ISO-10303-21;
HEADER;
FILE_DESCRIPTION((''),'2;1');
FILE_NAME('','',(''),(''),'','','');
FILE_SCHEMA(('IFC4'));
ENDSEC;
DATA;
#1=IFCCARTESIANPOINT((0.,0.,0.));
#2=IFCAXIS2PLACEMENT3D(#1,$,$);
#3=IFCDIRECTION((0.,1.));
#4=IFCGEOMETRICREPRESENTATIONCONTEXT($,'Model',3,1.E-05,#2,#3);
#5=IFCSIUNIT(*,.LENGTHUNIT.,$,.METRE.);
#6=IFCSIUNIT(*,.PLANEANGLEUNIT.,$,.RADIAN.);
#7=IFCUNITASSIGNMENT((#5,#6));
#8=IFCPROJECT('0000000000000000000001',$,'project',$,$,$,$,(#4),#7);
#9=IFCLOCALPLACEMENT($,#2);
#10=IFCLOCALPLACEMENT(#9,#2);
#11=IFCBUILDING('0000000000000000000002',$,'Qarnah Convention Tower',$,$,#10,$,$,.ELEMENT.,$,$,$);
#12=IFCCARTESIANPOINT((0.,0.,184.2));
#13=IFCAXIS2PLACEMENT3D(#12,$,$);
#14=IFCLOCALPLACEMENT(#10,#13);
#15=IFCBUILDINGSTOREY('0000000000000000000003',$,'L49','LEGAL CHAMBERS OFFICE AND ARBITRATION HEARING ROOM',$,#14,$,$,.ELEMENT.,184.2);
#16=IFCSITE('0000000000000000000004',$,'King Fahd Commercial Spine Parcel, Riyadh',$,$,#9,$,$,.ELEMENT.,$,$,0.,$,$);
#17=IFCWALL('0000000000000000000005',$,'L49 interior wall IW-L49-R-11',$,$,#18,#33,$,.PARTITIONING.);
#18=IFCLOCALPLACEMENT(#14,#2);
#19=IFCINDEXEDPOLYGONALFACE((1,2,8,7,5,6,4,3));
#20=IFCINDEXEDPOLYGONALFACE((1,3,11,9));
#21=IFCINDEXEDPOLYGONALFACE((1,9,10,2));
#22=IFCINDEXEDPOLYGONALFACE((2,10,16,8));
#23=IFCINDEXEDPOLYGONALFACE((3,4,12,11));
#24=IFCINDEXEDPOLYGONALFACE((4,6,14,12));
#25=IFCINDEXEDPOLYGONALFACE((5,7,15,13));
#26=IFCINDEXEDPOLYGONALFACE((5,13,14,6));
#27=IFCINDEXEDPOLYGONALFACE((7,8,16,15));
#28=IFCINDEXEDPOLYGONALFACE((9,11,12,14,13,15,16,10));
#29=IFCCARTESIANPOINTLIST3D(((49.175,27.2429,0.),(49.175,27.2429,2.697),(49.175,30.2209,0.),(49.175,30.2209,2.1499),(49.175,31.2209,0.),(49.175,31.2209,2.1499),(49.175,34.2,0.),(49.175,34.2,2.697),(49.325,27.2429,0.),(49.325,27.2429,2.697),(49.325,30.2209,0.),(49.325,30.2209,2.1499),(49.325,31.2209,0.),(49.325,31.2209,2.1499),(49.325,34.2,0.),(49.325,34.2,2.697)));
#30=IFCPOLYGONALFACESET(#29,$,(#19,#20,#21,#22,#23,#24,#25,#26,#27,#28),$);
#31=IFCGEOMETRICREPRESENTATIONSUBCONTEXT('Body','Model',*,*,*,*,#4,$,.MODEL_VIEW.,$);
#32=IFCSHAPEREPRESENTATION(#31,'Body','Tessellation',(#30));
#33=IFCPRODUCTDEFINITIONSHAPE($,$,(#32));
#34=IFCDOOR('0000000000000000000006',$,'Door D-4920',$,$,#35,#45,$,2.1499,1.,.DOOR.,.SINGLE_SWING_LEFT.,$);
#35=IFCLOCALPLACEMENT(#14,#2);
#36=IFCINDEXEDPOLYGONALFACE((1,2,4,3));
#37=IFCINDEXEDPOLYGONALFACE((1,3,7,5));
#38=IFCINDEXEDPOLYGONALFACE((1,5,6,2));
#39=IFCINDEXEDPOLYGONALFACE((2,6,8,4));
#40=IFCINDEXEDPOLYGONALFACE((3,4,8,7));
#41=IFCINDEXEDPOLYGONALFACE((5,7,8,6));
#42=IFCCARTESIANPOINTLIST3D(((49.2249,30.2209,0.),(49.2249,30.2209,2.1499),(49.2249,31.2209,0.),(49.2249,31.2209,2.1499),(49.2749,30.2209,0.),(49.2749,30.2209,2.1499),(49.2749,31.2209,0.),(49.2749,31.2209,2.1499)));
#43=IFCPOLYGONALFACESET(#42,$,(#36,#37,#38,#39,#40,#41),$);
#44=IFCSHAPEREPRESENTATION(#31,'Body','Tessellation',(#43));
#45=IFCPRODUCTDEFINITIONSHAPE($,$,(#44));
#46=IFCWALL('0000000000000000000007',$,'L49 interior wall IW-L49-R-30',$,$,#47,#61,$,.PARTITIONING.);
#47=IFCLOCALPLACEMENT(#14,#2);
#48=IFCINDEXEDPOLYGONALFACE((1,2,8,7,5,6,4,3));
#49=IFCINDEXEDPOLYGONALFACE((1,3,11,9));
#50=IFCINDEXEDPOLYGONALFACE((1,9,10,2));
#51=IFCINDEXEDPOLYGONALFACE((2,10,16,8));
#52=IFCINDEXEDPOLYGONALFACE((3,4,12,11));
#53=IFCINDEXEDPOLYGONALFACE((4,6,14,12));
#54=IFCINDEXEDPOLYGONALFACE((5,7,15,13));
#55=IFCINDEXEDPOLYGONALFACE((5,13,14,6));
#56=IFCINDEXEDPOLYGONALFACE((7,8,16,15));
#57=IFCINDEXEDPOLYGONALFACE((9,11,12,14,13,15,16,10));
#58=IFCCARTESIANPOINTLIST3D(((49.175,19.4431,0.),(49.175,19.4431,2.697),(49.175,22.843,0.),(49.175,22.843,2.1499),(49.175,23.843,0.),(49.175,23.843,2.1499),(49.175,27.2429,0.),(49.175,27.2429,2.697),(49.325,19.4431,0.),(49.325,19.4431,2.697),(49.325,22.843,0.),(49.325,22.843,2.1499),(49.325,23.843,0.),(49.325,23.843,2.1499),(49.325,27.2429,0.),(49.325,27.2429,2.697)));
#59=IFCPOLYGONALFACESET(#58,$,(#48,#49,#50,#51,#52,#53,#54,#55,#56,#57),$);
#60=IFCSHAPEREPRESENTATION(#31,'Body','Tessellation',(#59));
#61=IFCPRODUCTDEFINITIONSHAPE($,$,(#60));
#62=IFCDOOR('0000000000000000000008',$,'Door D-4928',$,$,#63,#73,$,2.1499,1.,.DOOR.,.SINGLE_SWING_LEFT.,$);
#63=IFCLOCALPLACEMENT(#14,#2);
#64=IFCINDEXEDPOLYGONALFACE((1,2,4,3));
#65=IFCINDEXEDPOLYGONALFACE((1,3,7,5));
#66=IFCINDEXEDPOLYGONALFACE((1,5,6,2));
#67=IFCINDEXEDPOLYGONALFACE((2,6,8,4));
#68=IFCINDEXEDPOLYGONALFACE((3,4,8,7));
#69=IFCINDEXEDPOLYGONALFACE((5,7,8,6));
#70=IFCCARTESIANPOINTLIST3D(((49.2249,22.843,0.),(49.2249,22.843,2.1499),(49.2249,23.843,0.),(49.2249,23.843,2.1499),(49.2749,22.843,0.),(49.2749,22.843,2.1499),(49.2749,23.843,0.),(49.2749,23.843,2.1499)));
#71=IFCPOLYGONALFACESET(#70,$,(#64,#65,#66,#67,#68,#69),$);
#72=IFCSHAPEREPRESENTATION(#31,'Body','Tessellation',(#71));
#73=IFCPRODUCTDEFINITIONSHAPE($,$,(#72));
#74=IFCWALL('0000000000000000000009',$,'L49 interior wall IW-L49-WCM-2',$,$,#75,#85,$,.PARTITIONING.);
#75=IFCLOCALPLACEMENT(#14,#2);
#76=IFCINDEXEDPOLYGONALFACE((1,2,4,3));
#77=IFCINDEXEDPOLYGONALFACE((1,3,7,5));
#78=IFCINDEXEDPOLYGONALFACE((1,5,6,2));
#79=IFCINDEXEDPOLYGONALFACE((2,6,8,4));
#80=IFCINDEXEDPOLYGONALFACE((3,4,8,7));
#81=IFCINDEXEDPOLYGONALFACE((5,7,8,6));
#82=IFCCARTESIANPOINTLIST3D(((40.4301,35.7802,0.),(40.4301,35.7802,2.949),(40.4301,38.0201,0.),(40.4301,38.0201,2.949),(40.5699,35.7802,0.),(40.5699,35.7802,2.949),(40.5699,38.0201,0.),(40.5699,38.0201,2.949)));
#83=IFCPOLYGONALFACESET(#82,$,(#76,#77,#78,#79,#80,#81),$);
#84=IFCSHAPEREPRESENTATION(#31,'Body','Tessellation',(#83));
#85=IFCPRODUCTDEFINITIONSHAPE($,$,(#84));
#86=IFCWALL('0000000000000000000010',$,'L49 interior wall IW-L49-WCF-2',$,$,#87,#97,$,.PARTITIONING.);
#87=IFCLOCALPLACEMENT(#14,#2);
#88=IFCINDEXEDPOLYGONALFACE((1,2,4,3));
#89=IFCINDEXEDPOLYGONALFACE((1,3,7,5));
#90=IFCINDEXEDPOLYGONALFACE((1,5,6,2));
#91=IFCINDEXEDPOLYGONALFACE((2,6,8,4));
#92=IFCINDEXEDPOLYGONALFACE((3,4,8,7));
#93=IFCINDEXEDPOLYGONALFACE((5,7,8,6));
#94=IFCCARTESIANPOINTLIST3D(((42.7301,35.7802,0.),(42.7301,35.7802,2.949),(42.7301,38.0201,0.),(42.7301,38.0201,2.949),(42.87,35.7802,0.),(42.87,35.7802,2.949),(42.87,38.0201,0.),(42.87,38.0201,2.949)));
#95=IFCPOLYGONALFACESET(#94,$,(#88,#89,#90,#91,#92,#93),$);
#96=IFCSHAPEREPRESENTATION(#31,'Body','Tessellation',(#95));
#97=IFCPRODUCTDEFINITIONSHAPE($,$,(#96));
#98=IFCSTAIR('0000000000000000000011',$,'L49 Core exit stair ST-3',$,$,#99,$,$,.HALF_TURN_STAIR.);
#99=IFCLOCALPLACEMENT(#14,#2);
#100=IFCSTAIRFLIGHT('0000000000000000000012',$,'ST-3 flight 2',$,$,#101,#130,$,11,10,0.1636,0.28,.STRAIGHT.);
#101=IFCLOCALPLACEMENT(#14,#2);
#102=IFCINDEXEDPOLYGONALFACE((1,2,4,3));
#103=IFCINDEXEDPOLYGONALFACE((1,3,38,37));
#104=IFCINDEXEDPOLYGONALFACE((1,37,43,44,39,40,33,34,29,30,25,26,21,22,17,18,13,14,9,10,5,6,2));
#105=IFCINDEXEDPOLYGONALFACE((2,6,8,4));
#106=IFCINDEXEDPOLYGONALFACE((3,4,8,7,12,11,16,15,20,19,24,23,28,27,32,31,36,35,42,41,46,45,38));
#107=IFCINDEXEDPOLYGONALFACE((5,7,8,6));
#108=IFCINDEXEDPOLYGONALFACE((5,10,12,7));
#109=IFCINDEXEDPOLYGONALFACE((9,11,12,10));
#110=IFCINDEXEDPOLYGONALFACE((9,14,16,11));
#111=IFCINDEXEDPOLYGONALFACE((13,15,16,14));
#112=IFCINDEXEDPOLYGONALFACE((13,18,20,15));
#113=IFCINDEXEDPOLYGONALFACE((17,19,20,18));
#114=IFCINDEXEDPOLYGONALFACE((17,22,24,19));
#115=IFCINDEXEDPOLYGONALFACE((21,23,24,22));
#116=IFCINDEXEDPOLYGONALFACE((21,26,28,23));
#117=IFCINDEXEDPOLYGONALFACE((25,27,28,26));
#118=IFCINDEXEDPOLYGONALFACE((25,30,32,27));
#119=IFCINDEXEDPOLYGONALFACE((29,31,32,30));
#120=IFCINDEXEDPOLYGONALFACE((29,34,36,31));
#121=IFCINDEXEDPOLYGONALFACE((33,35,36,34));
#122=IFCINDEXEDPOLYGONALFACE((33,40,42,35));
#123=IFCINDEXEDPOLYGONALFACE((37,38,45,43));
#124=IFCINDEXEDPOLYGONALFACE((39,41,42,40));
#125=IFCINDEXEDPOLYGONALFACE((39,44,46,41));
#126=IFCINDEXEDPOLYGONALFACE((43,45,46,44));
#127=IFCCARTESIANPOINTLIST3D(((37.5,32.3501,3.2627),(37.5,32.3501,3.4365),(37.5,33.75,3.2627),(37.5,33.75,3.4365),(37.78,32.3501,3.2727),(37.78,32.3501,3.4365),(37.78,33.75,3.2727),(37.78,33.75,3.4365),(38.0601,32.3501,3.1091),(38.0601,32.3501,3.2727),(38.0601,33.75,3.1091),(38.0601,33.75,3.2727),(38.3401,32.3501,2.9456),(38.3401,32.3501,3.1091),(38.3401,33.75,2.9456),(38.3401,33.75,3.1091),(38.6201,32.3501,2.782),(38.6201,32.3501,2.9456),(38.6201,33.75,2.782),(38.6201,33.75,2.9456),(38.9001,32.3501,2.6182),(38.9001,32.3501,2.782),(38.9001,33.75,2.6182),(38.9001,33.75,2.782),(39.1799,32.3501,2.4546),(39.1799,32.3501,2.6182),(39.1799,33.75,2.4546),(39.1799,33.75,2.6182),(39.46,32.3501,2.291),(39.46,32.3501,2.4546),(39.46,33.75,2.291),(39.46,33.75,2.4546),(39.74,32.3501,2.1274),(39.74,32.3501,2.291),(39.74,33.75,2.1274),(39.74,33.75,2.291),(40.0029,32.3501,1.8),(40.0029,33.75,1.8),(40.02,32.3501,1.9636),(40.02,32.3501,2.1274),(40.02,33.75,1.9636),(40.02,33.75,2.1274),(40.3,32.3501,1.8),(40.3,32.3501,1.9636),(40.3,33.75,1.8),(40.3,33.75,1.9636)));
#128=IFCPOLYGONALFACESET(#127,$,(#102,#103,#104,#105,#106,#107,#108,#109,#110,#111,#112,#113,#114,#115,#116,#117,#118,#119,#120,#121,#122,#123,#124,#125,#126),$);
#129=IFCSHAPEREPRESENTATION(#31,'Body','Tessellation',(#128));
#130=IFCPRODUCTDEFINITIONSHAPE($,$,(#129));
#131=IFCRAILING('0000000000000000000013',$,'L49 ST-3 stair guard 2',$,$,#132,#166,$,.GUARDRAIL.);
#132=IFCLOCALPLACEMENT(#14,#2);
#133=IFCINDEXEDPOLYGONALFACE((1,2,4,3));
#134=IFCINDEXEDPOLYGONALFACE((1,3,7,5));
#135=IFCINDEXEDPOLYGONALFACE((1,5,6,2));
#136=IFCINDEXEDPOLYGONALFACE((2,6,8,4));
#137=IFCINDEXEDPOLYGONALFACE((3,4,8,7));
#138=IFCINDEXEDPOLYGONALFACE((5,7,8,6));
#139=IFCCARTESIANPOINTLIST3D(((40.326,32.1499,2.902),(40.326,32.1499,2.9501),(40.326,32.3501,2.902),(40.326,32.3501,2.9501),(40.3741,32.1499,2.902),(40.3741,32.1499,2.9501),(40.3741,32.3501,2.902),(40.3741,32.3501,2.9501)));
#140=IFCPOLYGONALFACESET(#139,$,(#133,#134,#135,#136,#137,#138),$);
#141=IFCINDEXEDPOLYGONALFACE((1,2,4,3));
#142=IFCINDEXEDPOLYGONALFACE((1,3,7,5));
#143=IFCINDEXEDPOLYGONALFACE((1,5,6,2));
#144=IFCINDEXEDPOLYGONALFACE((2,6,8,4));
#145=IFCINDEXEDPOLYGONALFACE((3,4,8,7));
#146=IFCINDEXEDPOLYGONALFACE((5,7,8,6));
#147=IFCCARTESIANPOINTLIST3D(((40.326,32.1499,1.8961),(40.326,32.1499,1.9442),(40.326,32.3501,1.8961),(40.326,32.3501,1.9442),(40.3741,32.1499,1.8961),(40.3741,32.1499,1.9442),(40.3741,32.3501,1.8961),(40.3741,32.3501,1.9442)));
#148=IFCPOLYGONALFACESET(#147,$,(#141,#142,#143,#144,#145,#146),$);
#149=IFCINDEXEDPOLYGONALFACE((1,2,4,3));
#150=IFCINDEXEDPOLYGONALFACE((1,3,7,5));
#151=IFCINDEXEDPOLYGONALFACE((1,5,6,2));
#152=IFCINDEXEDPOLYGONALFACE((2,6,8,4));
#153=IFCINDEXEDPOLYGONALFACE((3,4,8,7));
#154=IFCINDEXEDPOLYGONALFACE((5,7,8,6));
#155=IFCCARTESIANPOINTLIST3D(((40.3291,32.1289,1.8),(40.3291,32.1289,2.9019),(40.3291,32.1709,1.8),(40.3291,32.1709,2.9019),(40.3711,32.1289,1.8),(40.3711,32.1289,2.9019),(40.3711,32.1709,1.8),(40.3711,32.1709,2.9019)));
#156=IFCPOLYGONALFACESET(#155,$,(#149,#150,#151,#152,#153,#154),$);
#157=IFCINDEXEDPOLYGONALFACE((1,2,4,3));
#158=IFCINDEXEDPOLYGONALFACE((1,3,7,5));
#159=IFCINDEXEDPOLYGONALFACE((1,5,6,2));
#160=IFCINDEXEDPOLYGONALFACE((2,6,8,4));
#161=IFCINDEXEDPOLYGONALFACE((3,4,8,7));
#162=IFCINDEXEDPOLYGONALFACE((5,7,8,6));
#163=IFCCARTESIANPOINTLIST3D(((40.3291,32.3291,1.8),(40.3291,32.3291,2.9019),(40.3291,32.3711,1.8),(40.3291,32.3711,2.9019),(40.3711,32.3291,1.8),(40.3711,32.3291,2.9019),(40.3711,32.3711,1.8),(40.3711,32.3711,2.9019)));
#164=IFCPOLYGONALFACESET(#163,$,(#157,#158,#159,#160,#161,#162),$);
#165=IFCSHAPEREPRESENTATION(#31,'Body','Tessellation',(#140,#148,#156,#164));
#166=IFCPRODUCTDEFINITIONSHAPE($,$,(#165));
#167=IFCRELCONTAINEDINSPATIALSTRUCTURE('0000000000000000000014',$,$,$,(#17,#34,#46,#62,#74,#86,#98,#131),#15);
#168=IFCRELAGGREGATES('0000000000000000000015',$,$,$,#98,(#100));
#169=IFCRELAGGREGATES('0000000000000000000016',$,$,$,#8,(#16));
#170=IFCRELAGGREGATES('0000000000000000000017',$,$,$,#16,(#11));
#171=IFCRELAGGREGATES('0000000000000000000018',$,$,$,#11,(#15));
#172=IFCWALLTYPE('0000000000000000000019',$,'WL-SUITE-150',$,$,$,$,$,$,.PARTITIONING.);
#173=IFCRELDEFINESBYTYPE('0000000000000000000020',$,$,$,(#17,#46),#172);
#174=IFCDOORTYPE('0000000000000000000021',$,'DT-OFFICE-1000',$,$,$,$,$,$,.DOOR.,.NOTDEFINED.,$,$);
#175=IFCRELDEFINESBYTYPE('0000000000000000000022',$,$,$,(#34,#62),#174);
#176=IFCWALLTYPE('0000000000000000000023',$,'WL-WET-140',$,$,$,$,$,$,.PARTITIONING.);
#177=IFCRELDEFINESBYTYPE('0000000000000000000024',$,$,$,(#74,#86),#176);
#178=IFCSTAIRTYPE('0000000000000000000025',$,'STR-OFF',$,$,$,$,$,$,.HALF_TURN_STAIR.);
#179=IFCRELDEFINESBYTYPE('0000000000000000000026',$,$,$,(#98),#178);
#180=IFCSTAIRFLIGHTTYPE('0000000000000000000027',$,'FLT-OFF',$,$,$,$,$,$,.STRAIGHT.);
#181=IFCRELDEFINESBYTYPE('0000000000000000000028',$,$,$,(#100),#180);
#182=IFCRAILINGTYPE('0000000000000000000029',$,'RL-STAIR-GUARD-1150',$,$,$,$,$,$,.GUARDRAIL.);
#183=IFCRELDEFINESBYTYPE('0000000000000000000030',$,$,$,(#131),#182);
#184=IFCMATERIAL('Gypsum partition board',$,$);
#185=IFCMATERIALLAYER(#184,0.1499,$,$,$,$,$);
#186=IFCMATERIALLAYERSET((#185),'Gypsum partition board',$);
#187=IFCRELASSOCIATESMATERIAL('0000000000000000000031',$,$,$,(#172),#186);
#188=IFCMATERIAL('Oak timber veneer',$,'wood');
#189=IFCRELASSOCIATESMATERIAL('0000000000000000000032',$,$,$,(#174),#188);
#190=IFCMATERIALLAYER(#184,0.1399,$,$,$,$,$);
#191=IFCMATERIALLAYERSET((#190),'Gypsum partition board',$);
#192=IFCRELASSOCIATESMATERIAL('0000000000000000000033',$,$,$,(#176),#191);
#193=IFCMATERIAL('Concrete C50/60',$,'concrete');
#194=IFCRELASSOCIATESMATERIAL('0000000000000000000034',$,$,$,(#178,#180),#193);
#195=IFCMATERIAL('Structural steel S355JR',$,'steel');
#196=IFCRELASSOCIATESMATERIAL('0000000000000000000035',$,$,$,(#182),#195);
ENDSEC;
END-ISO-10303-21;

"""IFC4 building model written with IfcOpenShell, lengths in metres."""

from ifc_helpers import new_model, si_unit, direction, frame, frame_2d, origin, origin_2d, place, context, subcontext, project, spatial, polyline, rectangle, outline, extrude, material, layer, layer_set, type_object, element, fill, aggregate, save


model = new_model("IFC4")

# Units and contexts
model_context = context("Model", 3, precision=1e-05, world=origin(), true_north=direction((0.0, 1.0)))
body_context = subcontext(model_context, "Body", "Model", "MODEL_VIEW")
ifc_project = project(units=[si_unit("LENGTHUNIT", "METRE"), si_unit("PLANEANGLEUNIT", "RADIAN")], contexts=[model_context])

# Site, building, storey
site_placement = place(None, origin())
site = spatial("IfcSite", under=ifc_project, at=site_placement, Name="King Fahd Commercial Spine Parcel, Riyadh", CompositionType="ELEMENT", RefElevation=0.0)
building_placement = place(site_placement, origin())
building = spatial("IfcBuilding", under=site, at=building_placement, Name="Qarnah Convention Tower", CompositionType="ELEMENT")
storey_placement = place(building_placement, frame((0.0, 0.0, 184.2)))
storey = spatial("IfcBuildingStorey", under=building, at=storey_placement, Name="L49", Description="LEGAL CHAMBERS OFFICE AND ARBITRATION HEARING ROOM", CompositionType="ELEMENT", Elevation=184.2)

# Shared definitions
ifc_material_1 = material(Name="Concrete C50/60", Category="concrete")

# Shared definitions
ifc_material_2 = material(Name="Structural steel S355JR", Category="steel")

# Shared definitions
ifc_material_3 = material(Name="Gypsum partition board")
ifc_layer_1 = layer(ifc_material_3, 0.1499)
ifc_layer_set_1 = layer_set([ifc_layer_1], Name="Gypsum partition board")
wall_type_1 = type_object("IfcWallType", Name="WL-SUITE-150", PredefinedType="PARTITIONING", material=ifc_layer_set_1)

# Walls, openings, doors
wall_1_placement = place(storey_placement, frame((49.25, 34.2, 0.0), z_axis=(0.0, 0.0, 1.0), x_axis=(0.0, -1.0, 0.0)))
wall_1 = element("IfcWall", 1, at=wall_1_placement, inside=storey, type_object=wall_type_1, Name="L49 interior wall IW-L49-R-11", PredefinedType="PARTITIONING", context=body_context, shape_type="SweptSolid", body=[
    extrude(rectangle(XDim=6.957, YDim=0.1499, at=frame_2d((3.4785, 0.0))), origin(), (0.0, 0.0, 1.0), 2.697),
])
opening_1_placement = place(wall_1_placement, frame((2.979, 0.0, 0.0)))
opening_1 = element("IfcOpeningElement", 2, at=opening_1_placement, cuts=wall_1, PredefinedType="OPENING", context=body_context, shape_type="SweptSolid", body=[
    extrude(rectangle(XDim=1.0, YDim=2.1499, at=frame_2d((0.5, 1.075))), frame((0.0, 0.085, 0.0), z_axis=(0.0, -1.0, 0.0), x_axis=(1.0, 0.0, 0.0)), (0.0, 0.0, 1.0), 0.1699),
])
ifc_material_4 = material(Name="Oak timber veneer", Category="wood")
door_type_1 = type_object("IfcDoorType", Name="DT-OFFICE-1000", OperationType="NOTDEFINED", PredefinedType="DOOR", material=ifc_material_4)
door_1_placement = place(opening_1_placement, origin())
door_1 = element("IfcDoor", 3, at=door_1_placement, inside=storey, type_object=door_type_1, Name="Door D-4920", OperationType="SINGLE_SWING_LEFT", OverallHeight=2.1499, OverallWidth=1.0, PredefinedType="DOOR", context=body_context, shape_type="SweptSolid", body=[
    extrude(rectangle(XDim=1.0, YDim=2.1499, at=frame_2d((0.5, 1.075))), frame((0.0, 0.0249, 0.0), z_axis=(0.0, -1.0, 0.0), x_axis=(1.0, 0.0, 0.0)), (0.0, 0.0, 1.0), 0.05),
])
fill(opening_1, door_1)
wall_2_placement = place(storey_placement, frame((49.25, 27.2429, 0.0), z_axis=(0.0, 0.0, 1.0), x_axis=(0.0, -1.0, 0.0)))
wall_2 = element("IfcWall", 4, at=wall_2_placement, inside=storey, type_object=wall_type_1, Name="L49 interior wall IW-L49-R-30", PredefinedType="PARTITIONING", context=body_context, shape_type="SweptSolid", body=[
    extrude(rectangle(XDim=7.7998, YDim=0.1499, at=frame_2d((3.8999, 0.0))), origin(), (0.0, 0.0, 1.0), 2.697),
])
opening_2_placement = place(wall_2_placement, frame((3.3999, 0.0, 0.0)))
opening_2 = element("IfcOpeningElement", 5, at=opening_2_placement, cuts=wall_2, PredefinedType="OPENING", context=body_context, shape_type="SweptSolid", body=[
    extrude(rectangle(XDim=1.0, YDim=2.1499, at=frame_2d((0.5, 1.075))), frame((0.0, 0.085, 0.0), z_axis=(0.0, -1.0, 0.0), x_axis=(1.0, 0.0, 0.0)), (0.0, 0.0, 1.0), 0.1699),
])
door_2_placement = place(opening_2_placement, origin())
door_2 = element("IfcDoor", 6, at=door_2_placement, inside=storey, type_object=door_type_1, Name="Door D-4928", OperationType="SINGLE_SWING_LEFT", OverallHeight=2.1499, OverallWidth=1.0, PredefinedType="DOOR", context=body_context, shape_type="SweptSolid", body=[
    extrude(rectangle(XDim=1.0, YDim=2.1499, at=frame_2d((0.5, 1.075))), frame((0.0, 0.0249, 0.0), z_axis=(0.0, -1.0, 0.0), x_axis=(1.0, 0.0, 0.0)), (0.0, 0.0, 1.0), 0.05),
])
fill(opening_2, door_2)

# Walls
ifc_layer_2 = layer(ifc_material_3, 0.1399)
ifc_layer_set_2 = layer_set([ifc_layer_2], Name="Gypsum partition board")
wall_type_2 = type_object("IfcWallType", Name="WL-WET-140", PredefinedType="PARTITIONING", material=ifc_layer_set_2)
for number, where, z_axis, x_axis, name in (
    (7, (40.5, 35.78, 0.0), (0.0, 0.0, 1.0), (0.0, 1.0, 0.0), "L49 interior wall IW-L49-WCM-2"),
    (8, (42.8, 35.78, 0.0), (0.0, 0.0, 1.0), (0.0, 1.0, 0.0), "L49 interior wall IW-L49-WCF-2"),
):
    element("IfcWall", number, at=place(storey_placement, frame(where, z_axis=z_axis, x_axis=x_axis)), inside=storey, type_object=wall_type_2, Name=name, PredefinedType="PARTITIONING", context=body_context, shape_type="SweptSolid", body=[
        extrude(rectangle(XDim=2.24, YDim=0.1399, at=frame_2d((1.1201, 0.0))), origin(), (0.0, 0.0, 1.0), 2.949),
    ])

# Stair, stair flight
stair_type = type_object("IfcStairType", Name="STR-OFF", PredefinedType="HALF_TURN_STAIR", material=ifc_material_1)
stair_placement = place(storey_placement, origin())
stair = element("IfcStair", 9, at=stair_placement, inside=storey, type_object=stair_type, Name="L49 Core exit stair ST-3", PredefinedType="HALF_TURN_STAIR")
stair_flight_type = type_object("IfcStairFlightType", Name="FLT-OFF", PredefinedType="STRAIGHT", material=ifc_material_1)
stair_flight_placement = place(storey_placement, frame((40.3, 33.05, 1.8), z_axis=(0.0, 0.0, 1.0), x_axis=(-1.0, 0.0, 0.0)))
stair_flight = element("IfcStairFlight", 10, at=stair_flight_placement, type_object=stair_flight_type, Name="ST-3 flight 2", NumberOfRisers=11, NumberOfTreads=10, PredefinedType="STRAIGHT", RiserHeight=0.1636, TreadLength=0.28, context=body_context, shape_type="SweptSolid", body=[
    extrude(outline(polyline([(0.0, 0.0), (0.0, 0.1636), (0.28, 0.1636), (0.28, 0.3274), (0.5601, 0.3274), (0.5601, 0.491), (0.8401, 0.491), (0.8401, 0.6545), (1.1201, 0.6545), (1.1201, 0.8181), (1.3999, 0.8181), (1.3999, 0.9819), (1.6799, 0.9819), (1.6799, 1.1455), (1.96, 1.1455), (1.96, 1.3091), (2.24, 1.3091), (2.24, 1.4727), (2.52, 1.4727), (2.52, 1.6365), (2.8, 1.6365), (2.8, 1.8), (2.8, 1.4626), (0.2971, 0.0), (0.0, 0.0)])), frame((0.0, 0.7, 0.0), z_axis=(0.0, -1.0, 0.0), x_axis=(1.0, 0.0, 0.0)), (0.0, 0.0, 1.0), 1.3999),
])
aggregate(stair, [stair_flight])

# Railing
railing_type_1 = type_object("IfcRailingType", Name="RL-STAIR-GUARD-1150", PredefinedType="GUARDRAIL", material=ifc_material_2)
railing_1_placement = place(storey_placement, frame((40.3501, 32.1499, 1.8)))
element("IfcRailing", 11, at=railing_1_placement, inside=storey, type_object=railing_type_1, Name="L49 ST-3 stair guard 2", PredefinedType="GUARDRAIL", context=body_context, shape_type="SweptSolid", body=[
    extrude(rectangle(XDim=0.0481, YDim=0.0481, at=origin_2d()), frame((0.0, 0.0, 1.126), z_axis=(0.0, 1.0, 0.0), x_axis=(-1.0, 0.0, 0.0)), (0.0, 0.0, 1.0), 0.2002),
    extrude(rectangle(XDim=0.0481, YDim=0.0481, at=origin_2d()), frame((0.0, 0.0, 0.1201), z_axis=(0.0, 1.0, 0.0), x_axis=(-1.0, 0.0, 0.0)), (0.0, 0.0, 1.0), 0.2002),
    extrude(rectangle(XDim=0.042, YDim=0.042, at=origin_2d()), origin(), (0.0, 0.0, 1.0), 1.1018),
    extrude(rectangle(XDim=0.042, YDim=0.042, at=origin_2d()), frame((0.0, 0.2002, 0.0)), (0.0, 0.0, 1.0), 1.1018),
])

save(model, "model.ifc")
